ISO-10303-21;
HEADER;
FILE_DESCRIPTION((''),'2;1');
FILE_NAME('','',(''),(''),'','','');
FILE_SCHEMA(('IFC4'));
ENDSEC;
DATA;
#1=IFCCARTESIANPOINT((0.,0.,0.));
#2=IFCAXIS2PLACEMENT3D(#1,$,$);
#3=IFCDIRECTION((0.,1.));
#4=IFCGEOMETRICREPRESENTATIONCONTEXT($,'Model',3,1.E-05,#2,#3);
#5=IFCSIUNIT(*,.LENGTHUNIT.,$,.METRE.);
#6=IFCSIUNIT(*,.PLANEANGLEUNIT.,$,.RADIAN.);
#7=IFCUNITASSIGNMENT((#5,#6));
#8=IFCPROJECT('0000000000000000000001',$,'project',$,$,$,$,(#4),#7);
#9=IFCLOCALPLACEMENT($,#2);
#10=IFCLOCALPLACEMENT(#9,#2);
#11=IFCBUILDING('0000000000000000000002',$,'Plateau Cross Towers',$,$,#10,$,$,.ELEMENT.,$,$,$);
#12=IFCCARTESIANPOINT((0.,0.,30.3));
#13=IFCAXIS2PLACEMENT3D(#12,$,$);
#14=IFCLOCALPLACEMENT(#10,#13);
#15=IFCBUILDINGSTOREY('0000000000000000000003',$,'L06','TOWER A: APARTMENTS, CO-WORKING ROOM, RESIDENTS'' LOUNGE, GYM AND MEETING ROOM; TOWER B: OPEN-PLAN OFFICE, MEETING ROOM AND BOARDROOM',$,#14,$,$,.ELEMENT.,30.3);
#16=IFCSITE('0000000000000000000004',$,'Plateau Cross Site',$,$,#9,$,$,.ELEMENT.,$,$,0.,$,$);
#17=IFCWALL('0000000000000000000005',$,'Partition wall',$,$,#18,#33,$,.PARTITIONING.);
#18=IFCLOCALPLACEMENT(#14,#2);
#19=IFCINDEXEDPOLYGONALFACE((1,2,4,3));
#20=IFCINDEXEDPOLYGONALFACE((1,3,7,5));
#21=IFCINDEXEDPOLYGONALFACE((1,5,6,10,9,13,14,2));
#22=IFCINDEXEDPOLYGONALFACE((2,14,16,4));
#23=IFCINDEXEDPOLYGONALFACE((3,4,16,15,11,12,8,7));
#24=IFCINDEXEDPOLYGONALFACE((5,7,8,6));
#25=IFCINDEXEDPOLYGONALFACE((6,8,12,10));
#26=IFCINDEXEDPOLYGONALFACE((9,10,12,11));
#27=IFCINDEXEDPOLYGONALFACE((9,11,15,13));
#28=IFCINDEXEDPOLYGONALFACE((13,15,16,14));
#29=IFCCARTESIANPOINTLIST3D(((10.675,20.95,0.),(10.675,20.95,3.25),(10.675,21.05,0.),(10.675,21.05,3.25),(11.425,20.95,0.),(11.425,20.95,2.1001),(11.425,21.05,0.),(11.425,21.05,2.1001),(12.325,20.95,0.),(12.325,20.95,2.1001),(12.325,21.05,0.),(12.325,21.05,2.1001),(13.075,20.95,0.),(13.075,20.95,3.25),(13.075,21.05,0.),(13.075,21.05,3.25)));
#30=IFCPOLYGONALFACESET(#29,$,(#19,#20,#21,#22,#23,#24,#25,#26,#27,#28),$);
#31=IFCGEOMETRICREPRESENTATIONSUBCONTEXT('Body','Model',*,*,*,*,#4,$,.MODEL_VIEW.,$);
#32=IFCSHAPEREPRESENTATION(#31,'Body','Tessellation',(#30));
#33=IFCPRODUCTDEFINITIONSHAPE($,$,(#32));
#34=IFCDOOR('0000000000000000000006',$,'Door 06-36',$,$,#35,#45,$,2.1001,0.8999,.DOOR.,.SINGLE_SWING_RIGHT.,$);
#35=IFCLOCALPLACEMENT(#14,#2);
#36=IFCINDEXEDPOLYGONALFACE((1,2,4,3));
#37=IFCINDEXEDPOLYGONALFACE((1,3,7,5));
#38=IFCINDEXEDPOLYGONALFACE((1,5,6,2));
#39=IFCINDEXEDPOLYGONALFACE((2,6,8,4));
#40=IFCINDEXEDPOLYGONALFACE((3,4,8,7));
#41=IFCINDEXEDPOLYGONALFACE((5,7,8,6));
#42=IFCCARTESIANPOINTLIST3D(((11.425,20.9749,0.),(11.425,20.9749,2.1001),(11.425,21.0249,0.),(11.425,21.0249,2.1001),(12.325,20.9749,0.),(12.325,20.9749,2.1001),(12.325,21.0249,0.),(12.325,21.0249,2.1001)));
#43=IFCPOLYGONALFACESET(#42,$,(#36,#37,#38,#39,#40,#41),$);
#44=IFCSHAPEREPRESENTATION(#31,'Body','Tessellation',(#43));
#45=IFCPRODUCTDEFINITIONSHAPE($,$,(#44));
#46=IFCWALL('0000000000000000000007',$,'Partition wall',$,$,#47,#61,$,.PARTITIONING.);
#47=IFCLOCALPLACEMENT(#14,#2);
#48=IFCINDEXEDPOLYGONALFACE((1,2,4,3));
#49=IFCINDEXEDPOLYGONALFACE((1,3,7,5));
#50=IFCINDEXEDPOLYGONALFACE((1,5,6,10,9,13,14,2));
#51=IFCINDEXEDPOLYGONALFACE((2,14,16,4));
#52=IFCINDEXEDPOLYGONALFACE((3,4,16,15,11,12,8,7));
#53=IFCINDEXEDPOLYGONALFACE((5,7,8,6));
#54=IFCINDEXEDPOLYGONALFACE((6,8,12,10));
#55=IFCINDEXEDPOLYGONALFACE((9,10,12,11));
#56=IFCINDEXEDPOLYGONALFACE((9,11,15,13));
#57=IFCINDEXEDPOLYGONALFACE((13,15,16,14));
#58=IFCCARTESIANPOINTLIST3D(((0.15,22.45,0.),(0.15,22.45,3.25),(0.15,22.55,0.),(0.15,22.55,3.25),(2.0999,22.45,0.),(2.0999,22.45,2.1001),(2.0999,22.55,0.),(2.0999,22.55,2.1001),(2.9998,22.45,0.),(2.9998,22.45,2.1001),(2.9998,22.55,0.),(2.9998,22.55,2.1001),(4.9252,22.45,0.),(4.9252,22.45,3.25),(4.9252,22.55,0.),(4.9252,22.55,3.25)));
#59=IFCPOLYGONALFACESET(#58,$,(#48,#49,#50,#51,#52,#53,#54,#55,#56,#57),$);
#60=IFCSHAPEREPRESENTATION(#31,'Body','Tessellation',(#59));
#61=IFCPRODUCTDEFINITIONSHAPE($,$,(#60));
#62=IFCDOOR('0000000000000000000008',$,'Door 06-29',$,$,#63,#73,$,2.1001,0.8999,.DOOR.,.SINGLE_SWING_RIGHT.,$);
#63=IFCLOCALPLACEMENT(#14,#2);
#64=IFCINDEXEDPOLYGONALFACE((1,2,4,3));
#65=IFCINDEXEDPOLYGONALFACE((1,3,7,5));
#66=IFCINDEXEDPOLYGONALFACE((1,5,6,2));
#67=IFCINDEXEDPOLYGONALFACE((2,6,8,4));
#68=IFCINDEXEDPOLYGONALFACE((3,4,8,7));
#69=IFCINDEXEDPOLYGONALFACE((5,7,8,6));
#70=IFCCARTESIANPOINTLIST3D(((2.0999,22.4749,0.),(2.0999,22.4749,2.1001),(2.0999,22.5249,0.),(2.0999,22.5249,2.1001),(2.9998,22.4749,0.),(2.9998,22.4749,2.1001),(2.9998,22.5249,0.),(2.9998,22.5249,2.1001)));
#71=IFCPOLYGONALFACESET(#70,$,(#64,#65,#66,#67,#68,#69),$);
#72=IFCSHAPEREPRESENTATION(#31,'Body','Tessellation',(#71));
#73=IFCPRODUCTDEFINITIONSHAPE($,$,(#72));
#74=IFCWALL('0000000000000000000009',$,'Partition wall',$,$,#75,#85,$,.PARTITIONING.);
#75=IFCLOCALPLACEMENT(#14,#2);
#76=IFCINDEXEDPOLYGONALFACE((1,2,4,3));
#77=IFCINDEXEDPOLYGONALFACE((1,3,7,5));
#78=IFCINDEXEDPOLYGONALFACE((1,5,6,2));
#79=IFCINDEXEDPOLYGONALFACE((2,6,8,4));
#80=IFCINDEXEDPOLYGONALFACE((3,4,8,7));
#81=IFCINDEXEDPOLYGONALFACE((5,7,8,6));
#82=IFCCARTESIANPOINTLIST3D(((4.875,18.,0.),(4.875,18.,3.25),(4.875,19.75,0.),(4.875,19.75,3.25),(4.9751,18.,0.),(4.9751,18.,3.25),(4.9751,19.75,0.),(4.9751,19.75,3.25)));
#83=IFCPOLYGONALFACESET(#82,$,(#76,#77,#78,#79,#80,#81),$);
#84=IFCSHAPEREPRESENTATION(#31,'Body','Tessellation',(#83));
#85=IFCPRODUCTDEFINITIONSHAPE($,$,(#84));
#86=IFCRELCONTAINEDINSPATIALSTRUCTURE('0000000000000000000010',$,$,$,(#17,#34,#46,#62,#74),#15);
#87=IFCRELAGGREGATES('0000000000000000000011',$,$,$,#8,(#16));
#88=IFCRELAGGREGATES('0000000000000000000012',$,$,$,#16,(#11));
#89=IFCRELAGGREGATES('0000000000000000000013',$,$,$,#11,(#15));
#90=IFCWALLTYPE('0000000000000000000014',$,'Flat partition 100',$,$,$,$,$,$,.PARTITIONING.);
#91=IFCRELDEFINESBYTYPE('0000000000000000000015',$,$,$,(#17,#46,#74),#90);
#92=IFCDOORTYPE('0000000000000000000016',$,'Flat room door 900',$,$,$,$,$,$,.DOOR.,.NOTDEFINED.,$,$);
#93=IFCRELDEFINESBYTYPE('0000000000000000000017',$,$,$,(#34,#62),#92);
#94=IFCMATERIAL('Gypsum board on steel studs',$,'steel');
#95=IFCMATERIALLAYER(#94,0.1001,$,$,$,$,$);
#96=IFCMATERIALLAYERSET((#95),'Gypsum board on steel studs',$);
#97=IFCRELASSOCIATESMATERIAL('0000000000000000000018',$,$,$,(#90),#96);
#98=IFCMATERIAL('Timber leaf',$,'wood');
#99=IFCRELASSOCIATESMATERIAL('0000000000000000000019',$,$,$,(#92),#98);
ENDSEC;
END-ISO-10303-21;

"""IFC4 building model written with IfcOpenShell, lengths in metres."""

from ifc_helpers import new_model, si_unit, direction, frame, frame_2d, origin, place, context, subcontext, project, spatial, rectangle, extrude, material, layer, layer_set, type_object, element, fill, save


model = new_model("IFC4")

# Units and contexts
model_context = context("Model", 3, precision=1e-05, world=origin(), true_north=direction((0.0, 1.0)))
body_context = subcontext(model_context, "Body", "Model", "MODEL_VIEW")
ifc_project = project(units=[si_unit("LENGTHUNIT", "METRE"), si_unit("PLANEANGLEUNIT", "RADIAN")], contexts=[model_context])

# Site, building, storey
site_placement = place(None, origin())
site = spatial("IfcSite", under=ifc_project, at=site_placement, Name="Plateau Cross Site", CompositionType="ELEMENT", RefElevation=0.0)
building_placement = place(site_placement, origin())
building = spatial("IfcBuilding", under=site, at=building_placement, Name="Plateau Cross Towers", CompositionType="ELEMENT")
storey_placement = place(building_placement, frame((0.0, 0.0, 30.3)))
storey = spatial("IfcBuildingStorey", under=building, at=storey_placement, Name="L06", Description="TOWER A: APARTMENTS, CO-WORKING ROOM, RESIDENTS' LOUNGE, GYM AND MEETING ROOM; TOWER B: OPEN-PLAN OFFICE, MEETING ROOM AND BOARDROOM", CompositionType="ELEMENT", Elevation=30.3)

# Walls, openings, doors
ifc_material_1 = material(Name="Gypsum board on steel studs", Category="steel")
ifc_layer_1 = layer(ifc_material_1, 0.1001)
ifc_layer_set_1 = layer_set([ifc_layer_1], Name="Gypsum board on steel studs")
wall_type_1 = type_object("IfcWallType", Name="Flat partition 100", PredefinedType="PARTITIONING", material=ifc_layer_set_1)
ifc_material_2 = material(Name="Timber leaf", Category="wood")
door_type_1 = type_object("IfcDoorType", Name="Flat room door 900", OperationType="NOTDEFINED", PredefinedType="DOOR", material=ifc_material_2)
wall_1_placement = place(storey_placement, frame((10.675, 21.0, 0.0), z_axis=(0.0, 0.0, 1.0), x_axis=(1.0, 0.0, 0.0)))
wall_1 = element("IfcWall", 1, at=wall_1_placement, inside=storey, type_object=wall_type_1, Name="Partition wall", PredefinedType="PARTITIONING", context=body_context, shape_type="SweptSolid", body=[
    extrude(rectangle(XDim=2.3999, YDim=0.1001, at=frame_2d((1.2, 0.0))), origin(), (0.0, 0.0, 1.0), 3.25),
])
opening_1_placement = place(wall_1_placement, frame((0.75, 0.0, 0.0)))
opening_1 = element("IfcOpeningElement", 2, at=opening_1_placement, cuts=wall_1, PredefinedType="OPENING", context=body_context, shape_type="SweptSolid", body=[
    extrude(rectangle(XDim=0.8999, YDim=2.1001, at=frame_2d((0.45, 1.05))), frame((0.0, 0.0601, 0.0), z_axis=(0.0, -1.0, 0.0), x_axis=(1.0, 0.0, 0.0)), (0.0, 0.0, 1.0), 0.1201),
])
door_1_placement = place(opening_1_placement, origin())
door_1 = element("IfcDoor", 3, at=door_1_placement, inside=storey, type_object=door_type_1, Name="Door 06-36", OperationType="SINGLE_SWING_RIGHT", OverallHeight=2.1001, OverallWidth=0.8999, PredefinedType="DOOR", context=body_context, shape_type="SweptSolid", body=[
    extrude(rectangle(XDim=0.8999, YDim=2.1001, at=frame_2d((0.45, 1.05))), frame((0.0, 0.0249, 0.0), z_axis=(0.0, -1.0, 0.0), x_axis=(1.0, 0.0, 0.0)), (0.0, 0.0, 1.0), 0.05),
])
fill(opening_1, door_1)
wall_2_placement = place(storey_placement, frame((0.1499, 22.5, 0.0), z_axis=(0.0, 0.0, 1.0), x_axis=(1.0, 0.0, 0.0)))
wall_2 = element("IfcWall", 4, at=wall_2_placement, inside=storey, type_object=wall_type_1, Name="Partition wall", PredefinedType="PARTITIONING", context=body_context, shape_type="SweptSolid", body=[
    extrude(rectangle(XDim=4.7751, YDim=0.1001, at=frame_2d((2.3877, 0.0))), origin(), (0.0, 0.0, 1.0), 3.25),
])
opening_2_placement = place(wall_2_placement, frame((1.95, 0.0, 0.0)))
opening_2 = element("IfcOpeningElement", 5, at=opening_2_placement, cuts=wall_2, PredefinedType="OPENING", context=body_context, shape_type="SweptSolid", body=[
    extrude(rectangle(XDim=0.8999, YDim=2.1001, at=frame_2d((0.45, 1.05))), frame((0.0, 0.0601, 0.0), z_axis=(0.0, -1.0, 0.0), x_axis=(1.0, 0.0, 0.0)), (0.0, 0.0, 1.0), 0.1201),
])
door_2_placement = place(opening_2_placement, origin())
door_2 = element("IfcDoor", 6, at=door_2_placement, inside=storey, type_object=door_type_1, Name="Door 06-29", OperationType="SINGLE_SWING_RIGHT", OverallHeight=2.1001, OverallWidth=0.8999, PredefinedType="DOOR", context=body_context, shape_type="SweptSolid", body=[
    extrude(rectangle(XDim=0.8999, YDim=2.1001, at=frame_2d((0.45, 1.05))), frame((0.0, 0.0249, 0.0), z_axis=(0.0, -1.0, 0.0), x_axis=(1.0, 0.0, 0.0)), (0.0, 0.0, 1.0), 0.05),
])
fill(opening_2, door_2)

# Wall
wall_3_placement = place(storey_placement, frame((4.925, 19.75, 0.0), z_axis=(0.0, 0.0, 1.0), x_axis=(0.0, -1.0, 0.0)))
element("IfcWall", 7, at=wall_3_placement, inside=storey, type_object=wall_type_1, Name="Partition wall", PredefinedType="PARTITIONING", context=body_context, shape_type="SweptSolid", body=[
    extrude(rectangle(XDim=1.75, YDim=0.1001, at=frame_2d((0.875, 0.0))), origin(), (0.0, 0.0, 1.0), 3.25),
])

save(model, "model.ifc")
